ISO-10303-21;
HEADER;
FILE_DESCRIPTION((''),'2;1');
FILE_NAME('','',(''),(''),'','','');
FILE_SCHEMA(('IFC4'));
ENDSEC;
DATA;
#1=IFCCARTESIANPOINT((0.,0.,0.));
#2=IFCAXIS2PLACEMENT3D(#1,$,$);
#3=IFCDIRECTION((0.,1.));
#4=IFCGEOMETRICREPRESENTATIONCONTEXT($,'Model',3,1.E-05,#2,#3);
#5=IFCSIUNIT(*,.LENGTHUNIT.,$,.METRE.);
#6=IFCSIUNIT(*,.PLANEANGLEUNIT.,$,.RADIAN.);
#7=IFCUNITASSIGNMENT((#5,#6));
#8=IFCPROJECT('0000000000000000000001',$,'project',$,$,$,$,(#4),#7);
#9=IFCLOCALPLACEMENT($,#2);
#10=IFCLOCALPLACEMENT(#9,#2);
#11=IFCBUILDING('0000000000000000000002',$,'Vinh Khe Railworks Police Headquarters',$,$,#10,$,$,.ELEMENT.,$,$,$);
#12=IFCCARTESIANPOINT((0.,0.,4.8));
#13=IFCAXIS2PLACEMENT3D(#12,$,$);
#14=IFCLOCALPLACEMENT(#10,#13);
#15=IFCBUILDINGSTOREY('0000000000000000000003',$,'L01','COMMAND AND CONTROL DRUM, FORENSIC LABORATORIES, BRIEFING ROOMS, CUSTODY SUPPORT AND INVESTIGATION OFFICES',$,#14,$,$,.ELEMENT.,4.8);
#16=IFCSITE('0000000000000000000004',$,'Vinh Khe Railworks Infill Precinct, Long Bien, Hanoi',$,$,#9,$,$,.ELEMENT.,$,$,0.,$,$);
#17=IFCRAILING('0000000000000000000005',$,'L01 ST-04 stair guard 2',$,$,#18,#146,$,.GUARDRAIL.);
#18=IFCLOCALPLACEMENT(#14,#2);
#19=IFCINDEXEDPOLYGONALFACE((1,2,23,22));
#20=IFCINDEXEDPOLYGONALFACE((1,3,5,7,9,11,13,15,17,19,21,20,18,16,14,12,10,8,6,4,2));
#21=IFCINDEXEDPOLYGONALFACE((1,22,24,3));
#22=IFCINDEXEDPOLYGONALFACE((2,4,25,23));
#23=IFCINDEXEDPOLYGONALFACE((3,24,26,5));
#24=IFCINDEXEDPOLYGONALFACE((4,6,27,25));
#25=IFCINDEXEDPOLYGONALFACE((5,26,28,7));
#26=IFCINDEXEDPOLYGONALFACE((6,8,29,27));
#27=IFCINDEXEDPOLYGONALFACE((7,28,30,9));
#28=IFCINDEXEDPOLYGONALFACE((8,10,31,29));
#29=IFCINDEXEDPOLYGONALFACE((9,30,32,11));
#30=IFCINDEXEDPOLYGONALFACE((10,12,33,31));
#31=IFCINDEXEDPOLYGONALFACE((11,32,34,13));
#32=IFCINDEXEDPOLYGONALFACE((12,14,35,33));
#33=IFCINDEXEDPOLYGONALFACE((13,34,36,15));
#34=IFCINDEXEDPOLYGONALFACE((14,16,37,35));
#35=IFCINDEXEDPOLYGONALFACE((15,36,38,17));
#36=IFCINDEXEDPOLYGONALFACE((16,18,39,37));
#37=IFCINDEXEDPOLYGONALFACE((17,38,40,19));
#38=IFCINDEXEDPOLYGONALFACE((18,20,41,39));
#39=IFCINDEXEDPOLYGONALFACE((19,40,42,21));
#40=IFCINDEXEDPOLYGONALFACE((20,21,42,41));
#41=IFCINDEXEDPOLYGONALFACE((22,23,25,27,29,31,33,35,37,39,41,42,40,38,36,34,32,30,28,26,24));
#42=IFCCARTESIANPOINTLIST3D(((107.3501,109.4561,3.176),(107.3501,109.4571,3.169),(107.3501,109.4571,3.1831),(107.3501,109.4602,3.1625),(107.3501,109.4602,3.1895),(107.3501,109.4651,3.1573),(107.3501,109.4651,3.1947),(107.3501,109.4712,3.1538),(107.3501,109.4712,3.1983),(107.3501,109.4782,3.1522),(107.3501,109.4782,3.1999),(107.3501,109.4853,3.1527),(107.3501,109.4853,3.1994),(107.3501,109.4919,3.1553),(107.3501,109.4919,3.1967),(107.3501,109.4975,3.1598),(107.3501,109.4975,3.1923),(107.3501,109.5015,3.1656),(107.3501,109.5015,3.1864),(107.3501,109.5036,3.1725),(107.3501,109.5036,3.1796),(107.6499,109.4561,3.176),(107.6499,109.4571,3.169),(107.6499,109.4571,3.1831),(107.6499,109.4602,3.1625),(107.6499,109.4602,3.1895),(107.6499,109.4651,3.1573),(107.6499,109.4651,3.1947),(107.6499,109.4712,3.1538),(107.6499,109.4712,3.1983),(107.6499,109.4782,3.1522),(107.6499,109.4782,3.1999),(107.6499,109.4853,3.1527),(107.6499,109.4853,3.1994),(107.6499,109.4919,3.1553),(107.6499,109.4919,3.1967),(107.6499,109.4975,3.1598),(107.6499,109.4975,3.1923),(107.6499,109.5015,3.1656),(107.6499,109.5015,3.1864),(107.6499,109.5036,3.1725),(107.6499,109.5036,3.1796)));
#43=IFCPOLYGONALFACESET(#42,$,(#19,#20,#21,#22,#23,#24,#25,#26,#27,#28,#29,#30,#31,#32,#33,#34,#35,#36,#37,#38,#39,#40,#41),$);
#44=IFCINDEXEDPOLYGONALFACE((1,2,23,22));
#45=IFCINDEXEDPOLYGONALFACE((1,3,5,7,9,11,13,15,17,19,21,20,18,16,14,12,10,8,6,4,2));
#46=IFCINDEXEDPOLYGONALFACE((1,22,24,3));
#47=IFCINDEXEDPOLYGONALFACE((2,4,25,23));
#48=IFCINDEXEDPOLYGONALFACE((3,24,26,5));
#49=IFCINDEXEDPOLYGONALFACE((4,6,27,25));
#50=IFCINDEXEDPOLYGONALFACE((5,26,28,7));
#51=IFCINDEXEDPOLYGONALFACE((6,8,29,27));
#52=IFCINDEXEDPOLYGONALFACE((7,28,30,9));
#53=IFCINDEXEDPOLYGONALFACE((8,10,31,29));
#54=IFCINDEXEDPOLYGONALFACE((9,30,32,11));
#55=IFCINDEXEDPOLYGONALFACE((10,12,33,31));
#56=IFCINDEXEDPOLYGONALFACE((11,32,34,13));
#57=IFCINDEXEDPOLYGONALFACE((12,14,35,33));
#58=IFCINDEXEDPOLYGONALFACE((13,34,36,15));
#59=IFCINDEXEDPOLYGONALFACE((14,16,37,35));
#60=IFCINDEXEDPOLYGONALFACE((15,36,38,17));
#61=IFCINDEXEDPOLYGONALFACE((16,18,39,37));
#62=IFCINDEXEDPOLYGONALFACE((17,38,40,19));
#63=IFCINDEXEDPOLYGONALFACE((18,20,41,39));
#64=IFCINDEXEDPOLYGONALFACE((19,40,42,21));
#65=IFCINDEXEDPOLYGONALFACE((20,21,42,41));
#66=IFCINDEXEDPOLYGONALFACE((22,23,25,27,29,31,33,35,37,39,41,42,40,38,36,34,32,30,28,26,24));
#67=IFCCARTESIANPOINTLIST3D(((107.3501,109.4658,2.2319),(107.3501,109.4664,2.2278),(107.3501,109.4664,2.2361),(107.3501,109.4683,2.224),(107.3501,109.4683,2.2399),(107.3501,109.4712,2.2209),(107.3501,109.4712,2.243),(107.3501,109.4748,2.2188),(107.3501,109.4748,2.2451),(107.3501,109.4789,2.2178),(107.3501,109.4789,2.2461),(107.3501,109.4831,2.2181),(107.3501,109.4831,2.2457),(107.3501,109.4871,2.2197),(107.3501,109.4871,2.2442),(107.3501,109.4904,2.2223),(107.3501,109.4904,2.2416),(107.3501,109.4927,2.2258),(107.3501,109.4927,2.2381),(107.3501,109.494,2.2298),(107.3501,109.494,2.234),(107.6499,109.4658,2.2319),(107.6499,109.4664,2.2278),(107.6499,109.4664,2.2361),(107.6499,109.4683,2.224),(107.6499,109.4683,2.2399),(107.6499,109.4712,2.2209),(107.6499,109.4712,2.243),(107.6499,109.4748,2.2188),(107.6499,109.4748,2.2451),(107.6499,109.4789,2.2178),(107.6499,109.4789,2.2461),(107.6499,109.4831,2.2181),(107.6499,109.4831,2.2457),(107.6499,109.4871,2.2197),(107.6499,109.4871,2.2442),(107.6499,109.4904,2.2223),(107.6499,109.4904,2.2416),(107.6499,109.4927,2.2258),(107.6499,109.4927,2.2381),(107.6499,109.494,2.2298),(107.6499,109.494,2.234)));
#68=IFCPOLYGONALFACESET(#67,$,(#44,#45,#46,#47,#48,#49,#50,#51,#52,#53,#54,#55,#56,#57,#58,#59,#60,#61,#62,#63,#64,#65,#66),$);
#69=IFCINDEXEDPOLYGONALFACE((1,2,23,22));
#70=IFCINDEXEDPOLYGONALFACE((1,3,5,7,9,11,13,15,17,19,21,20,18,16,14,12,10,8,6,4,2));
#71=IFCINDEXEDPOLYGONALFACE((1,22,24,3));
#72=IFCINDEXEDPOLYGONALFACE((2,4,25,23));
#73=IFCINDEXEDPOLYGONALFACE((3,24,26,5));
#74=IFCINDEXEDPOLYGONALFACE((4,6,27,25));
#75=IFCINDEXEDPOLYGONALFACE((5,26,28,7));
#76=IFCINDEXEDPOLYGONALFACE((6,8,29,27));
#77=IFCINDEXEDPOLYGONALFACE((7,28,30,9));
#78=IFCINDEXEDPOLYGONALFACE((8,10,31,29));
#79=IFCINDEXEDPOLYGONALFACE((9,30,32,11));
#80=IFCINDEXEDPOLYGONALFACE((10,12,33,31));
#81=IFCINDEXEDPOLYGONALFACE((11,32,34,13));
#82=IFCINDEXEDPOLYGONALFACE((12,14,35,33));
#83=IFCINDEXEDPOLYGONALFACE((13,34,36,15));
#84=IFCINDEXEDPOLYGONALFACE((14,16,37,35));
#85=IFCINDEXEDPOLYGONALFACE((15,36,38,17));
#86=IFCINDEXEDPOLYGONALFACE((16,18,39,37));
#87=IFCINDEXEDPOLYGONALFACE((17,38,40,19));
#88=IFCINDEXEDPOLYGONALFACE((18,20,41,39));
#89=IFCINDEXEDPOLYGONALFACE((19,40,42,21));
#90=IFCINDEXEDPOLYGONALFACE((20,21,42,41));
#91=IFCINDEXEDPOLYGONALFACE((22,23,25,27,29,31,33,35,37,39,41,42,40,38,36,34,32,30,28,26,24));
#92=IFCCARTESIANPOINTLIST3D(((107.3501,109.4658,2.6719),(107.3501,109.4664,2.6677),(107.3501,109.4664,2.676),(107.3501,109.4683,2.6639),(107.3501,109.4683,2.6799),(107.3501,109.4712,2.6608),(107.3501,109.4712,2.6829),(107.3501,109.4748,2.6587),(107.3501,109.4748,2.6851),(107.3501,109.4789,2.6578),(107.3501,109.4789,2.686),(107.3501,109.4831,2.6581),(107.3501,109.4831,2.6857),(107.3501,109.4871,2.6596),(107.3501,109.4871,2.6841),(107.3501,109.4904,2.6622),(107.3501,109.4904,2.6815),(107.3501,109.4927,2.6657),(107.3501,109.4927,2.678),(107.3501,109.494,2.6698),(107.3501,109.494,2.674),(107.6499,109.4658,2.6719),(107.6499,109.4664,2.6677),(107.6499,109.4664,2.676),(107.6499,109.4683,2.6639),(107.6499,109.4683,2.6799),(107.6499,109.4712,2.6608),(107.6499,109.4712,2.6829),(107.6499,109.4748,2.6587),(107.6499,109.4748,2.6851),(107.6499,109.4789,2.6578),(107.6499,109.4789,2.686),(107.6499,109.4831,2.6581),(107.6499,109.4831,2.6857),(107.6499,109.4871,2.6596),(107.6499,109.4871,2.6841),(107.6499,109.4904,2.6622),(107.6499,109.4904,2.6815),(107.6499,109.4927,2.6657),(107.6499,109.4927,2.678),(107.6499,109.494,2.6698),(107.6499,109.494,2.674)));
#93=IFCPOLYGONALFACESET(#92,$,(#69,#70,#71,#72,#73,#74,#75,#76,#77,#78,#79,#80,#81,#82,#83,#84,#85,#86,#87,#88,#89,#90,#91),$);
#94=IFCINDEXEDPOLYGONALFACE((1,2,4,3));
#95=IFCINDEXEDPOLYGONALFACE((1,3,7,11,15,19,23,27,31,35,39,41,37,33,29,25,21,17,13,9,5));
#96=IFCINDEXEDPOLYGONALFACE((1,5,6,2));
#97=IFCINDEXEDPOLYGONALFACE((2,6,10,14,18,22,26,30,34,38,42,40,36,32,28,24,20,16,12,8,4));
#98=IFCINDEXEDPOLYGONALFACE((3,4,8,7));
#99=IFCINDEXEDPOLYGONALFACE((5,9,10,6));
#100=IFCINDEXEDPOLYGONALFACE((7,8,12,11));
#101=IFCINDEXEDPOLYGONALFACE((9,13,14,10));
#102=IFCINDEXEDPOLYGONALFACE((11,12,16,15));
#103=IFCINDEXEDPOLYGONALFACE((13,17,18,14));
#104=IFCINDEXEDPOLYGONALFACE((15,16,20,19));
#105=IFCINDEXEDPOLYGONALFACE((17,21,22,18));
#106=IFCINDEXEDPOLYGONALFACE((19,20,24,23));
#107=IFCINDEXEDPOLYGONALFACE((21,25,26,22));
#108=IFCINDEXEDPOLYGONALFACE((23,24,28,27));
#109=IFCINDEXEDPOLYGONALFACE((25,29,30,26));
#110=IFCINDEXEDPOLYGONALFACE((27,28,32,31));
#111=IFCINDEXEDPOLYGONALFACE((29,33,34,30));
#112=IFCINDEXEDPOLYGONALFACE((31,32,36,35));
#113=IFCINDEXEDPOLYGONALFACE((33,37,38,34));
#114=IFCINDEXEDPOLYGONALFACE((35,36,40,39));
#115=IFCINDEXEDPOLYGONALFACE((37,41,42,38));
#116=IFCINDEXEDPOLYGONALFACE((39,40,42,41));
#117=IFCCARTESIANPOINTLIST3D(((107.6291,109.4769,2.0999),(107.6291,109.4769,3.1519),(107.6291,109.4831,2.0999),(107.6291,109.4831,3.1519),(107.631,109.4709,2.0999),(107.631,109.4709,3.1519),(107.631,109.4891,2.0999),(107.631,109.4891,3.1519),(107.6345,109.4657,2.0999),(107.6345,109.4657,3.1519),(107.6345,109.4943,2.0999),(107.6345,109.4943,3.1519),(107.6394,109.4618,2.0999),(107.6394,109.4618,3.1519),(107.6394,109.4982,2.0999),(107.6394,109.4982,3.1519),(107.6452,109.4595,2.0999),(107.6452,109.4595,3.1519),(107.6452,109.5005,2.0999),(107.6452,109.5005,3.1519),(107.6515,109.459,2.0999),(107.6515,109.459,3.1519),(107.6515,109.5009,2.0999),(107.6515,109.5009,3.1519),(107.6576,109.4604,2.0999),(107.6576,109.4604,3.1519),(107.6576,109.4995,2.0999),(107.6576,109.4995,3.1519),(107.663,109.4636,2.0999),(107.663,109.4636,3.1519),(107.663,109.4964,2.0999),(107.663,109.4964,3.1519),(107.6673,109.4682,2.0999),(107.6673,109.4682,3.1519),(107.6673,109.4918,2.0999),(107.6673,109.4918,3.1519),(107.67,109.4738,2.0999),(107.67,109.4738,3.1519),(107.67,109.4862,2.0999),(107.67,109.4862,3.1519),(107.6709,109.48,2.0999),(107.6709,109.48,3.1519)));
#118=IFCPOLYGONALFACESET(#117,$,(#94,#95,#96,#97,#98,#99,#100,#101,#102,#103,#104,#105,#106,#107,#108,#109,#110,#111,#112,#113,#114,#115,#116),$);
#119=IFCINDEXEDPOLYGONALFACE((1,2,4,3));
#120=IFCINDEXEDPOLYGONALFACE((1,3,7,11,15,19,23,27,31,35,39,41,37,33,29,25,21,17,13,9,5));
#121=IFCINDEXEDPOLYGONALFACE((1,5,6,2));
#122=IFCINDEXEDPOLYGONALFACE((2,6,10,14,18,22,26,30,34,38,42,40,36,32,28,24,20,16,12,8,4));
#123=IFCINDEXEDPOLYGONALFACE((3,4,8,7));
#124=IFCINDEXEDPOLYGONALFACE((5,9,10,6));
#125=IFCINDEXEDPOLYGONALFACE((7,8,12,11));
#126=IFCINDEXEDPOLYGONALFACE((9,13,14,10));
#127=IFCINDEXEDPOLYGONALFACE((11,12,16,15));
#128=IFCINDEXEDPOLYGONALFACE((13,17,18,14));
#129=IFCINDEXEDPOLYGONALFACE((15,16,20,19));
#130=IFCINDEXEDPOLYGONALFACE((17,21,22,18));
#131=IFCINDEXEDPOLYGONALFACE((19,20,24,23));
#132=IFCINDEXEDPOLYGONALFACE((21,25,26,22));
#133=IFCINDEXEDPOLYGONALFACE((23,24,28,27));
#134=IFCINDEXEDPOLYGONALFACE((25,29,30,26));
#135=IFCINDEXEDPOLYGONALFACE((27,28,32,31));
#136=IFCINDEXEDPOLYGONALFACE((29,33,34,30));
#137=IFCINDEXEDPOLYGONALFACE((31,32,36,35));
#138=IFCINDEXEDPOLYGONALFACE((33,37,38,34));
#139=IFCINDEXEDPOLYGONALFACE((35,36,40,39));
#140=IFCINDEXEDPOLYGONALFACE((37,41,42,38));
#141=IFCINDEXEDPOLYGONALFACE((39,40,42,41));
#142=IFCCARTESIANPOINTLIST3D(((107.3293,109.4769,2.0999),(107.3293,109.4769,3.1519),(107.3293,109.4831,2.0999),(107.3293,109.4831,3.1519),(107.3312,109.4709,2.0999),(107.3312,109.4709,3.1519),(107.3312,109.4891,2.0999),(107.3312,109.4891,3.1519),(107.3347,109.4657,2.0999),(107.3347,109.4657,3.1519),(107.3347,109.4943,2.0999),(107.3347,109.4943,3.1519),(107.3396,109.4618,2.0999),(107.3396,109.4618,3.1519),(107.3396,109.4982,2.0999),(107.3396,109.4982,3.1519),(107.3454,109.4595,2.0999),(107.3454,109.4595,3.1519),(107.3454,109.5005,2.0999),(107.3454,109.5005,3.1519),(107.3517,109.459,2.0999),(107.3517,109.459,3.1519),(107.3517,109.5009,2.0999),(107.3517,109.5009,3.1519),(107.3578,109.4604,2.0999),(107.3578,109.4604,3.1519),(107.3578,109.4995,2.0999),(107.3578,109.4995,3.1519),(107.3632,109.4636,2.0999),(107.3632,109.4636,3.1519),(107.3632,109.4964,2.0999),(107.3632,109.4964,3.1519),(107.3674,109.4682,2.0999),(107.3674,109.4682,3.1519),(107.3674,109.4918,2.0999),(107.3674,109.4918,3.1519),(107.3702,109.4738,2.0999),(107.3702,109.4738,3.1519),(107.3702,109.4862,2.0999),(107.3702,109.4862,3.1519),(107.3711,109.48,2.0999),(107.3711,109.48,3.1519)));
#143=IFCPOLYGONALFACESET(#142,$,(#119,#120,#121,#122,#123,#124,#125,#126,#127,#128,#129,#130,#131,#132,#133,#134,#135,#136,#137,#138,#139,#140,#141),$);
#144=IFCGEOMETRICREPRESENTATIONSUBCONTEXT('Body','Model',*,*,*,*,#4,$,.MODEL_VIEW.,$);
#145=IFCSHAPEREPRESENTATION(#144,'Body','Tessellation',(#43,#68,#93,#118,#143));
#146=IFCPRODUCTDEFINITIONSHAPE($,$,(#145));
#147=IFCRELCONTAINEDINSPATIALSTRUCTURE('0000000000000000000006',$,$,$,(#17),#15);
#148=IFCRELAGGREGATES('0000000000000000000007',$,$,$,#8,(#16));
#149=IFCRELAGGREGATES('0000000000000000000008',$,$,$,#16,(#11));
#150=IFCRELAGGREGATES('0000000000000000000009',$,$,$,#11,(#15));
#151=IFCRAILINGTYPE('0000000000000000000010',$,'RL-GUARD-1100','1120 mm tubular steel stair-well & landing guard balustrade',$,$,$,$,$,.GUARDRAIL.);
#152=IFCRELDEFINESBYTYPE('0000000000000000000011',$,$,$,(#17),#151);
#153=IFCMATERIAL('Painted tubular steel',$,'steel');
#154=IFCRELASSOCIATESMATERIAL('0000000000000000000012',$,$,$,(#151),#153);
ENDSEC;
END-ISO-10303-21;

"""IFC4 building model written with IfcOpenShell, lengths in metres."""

from ifc_helpers import new_model, si_unit, direction, frame, origin, origin_2d, place, context, subcontext, project, spatial, circle, extrude, material, type_object, element, save


model = new_model("IFC4")

# Units and contexts
model_context = context("Model", 3, precision=1e-05, world=origin(), true_north=direction((0.0, 1.0)))
body_context = subcontext(model_context, "Body", "Model", "MODEL_VIEW")
ifc_project = project(units=[si_unit("LENGTHUNIT", "METRE"), si_unit("PLANEANGLEUNIT", "RADIAN")], contexts=[model_context])

# Site, building, storey
site_placement = place(None, origin())
site = spatial("IfcSite", under=ifc_project, at=site_placement, Name="Vinh Khe Railworks Infill Precinct, Long Bien, Hanoi", CompositionType="ELEMENT", RefElevation=0.0)
building_placement = place(site_placement, origin())
building = spatial("IfcBuilding", under=site, at=building_placement, Name="Vinh Khe Railworks Police Headquarters", CompositionType="ELEMENT")
storey_placement = place(building_placement, frame((0.0, 0.0, 4.8)))
storey = spatial("IfcBuildingStorey", under=building, at=storey_placement, Name="L01", Description="COMMAND AND CONTROL DRUM, FORENSIC LABORATORIES, BRIEFING ROOMS, CUSTODY SUPPORT AND INVESTIGATION OFFICES", CompositionType="ELEMENT", Elevation=4.8)

# Railing
ifc_material_1 = material(Name="Painted tubular steel", Category="steel")
railing_type_1 = type_object("IfcRailingType", Name="RL-GUARD-1100", Description="1120 mm tubular steel stair-well & landing guard balustrade", PredefinedType="GUARDRAIL", material=ifc_material_1)
railing_1_placement = place(storey_placement, frame((107.6499, 109.48, 2.0999)))
element("IfcRailing", 1, at=railing_1_placement, inside=storey, type_object=railing_type_1, Name="L01 ST-04 stair guard 2", PredefinedType="GUARDRAIL", context=body_context, shape_type="SweptSolid", body=[
    extrude(circle(Radius=0.0239, at=origin_2d()), frame((0.0, 0.0, 1.0762), z_axis=(-1.0, 0.0, 0.0), x_axis=(0.0, -1.0, 0.0)), (0.0, 0.0, 1.0), 0.2998),
    extrude(circle(Radius=0.0142, at=origin_2d()), frame((0.0, 0.0, 0.1321), z_axis=(-1.0, 0.0, 0.0), x_axis=(0.0, -1.0, 0.0)), (0.0, 0.0, 1.0), 0.2998),
    extrude(circle(Radius=0.0142, at=origin_2d()), frame((0.0, 0.0, 0.572), z_axis=(-1.0, 0.0, 0.0), x_axis=(0.0, -1.0, 0.0)), (0.0, 0.0, 1.0), 0.2998),
    extrude(circle(Radius=0.021, at=origin_2d()), origin(), (0.0, 0.0, 1.0), 1.052),
    extrude(circle(Radius=0.021, at=origin_2d()), frame((-0.2998, 0.0, 0.0)), (0.0, 0.0, 1.0), 1.052),
])

save(model, "model.ifc")
